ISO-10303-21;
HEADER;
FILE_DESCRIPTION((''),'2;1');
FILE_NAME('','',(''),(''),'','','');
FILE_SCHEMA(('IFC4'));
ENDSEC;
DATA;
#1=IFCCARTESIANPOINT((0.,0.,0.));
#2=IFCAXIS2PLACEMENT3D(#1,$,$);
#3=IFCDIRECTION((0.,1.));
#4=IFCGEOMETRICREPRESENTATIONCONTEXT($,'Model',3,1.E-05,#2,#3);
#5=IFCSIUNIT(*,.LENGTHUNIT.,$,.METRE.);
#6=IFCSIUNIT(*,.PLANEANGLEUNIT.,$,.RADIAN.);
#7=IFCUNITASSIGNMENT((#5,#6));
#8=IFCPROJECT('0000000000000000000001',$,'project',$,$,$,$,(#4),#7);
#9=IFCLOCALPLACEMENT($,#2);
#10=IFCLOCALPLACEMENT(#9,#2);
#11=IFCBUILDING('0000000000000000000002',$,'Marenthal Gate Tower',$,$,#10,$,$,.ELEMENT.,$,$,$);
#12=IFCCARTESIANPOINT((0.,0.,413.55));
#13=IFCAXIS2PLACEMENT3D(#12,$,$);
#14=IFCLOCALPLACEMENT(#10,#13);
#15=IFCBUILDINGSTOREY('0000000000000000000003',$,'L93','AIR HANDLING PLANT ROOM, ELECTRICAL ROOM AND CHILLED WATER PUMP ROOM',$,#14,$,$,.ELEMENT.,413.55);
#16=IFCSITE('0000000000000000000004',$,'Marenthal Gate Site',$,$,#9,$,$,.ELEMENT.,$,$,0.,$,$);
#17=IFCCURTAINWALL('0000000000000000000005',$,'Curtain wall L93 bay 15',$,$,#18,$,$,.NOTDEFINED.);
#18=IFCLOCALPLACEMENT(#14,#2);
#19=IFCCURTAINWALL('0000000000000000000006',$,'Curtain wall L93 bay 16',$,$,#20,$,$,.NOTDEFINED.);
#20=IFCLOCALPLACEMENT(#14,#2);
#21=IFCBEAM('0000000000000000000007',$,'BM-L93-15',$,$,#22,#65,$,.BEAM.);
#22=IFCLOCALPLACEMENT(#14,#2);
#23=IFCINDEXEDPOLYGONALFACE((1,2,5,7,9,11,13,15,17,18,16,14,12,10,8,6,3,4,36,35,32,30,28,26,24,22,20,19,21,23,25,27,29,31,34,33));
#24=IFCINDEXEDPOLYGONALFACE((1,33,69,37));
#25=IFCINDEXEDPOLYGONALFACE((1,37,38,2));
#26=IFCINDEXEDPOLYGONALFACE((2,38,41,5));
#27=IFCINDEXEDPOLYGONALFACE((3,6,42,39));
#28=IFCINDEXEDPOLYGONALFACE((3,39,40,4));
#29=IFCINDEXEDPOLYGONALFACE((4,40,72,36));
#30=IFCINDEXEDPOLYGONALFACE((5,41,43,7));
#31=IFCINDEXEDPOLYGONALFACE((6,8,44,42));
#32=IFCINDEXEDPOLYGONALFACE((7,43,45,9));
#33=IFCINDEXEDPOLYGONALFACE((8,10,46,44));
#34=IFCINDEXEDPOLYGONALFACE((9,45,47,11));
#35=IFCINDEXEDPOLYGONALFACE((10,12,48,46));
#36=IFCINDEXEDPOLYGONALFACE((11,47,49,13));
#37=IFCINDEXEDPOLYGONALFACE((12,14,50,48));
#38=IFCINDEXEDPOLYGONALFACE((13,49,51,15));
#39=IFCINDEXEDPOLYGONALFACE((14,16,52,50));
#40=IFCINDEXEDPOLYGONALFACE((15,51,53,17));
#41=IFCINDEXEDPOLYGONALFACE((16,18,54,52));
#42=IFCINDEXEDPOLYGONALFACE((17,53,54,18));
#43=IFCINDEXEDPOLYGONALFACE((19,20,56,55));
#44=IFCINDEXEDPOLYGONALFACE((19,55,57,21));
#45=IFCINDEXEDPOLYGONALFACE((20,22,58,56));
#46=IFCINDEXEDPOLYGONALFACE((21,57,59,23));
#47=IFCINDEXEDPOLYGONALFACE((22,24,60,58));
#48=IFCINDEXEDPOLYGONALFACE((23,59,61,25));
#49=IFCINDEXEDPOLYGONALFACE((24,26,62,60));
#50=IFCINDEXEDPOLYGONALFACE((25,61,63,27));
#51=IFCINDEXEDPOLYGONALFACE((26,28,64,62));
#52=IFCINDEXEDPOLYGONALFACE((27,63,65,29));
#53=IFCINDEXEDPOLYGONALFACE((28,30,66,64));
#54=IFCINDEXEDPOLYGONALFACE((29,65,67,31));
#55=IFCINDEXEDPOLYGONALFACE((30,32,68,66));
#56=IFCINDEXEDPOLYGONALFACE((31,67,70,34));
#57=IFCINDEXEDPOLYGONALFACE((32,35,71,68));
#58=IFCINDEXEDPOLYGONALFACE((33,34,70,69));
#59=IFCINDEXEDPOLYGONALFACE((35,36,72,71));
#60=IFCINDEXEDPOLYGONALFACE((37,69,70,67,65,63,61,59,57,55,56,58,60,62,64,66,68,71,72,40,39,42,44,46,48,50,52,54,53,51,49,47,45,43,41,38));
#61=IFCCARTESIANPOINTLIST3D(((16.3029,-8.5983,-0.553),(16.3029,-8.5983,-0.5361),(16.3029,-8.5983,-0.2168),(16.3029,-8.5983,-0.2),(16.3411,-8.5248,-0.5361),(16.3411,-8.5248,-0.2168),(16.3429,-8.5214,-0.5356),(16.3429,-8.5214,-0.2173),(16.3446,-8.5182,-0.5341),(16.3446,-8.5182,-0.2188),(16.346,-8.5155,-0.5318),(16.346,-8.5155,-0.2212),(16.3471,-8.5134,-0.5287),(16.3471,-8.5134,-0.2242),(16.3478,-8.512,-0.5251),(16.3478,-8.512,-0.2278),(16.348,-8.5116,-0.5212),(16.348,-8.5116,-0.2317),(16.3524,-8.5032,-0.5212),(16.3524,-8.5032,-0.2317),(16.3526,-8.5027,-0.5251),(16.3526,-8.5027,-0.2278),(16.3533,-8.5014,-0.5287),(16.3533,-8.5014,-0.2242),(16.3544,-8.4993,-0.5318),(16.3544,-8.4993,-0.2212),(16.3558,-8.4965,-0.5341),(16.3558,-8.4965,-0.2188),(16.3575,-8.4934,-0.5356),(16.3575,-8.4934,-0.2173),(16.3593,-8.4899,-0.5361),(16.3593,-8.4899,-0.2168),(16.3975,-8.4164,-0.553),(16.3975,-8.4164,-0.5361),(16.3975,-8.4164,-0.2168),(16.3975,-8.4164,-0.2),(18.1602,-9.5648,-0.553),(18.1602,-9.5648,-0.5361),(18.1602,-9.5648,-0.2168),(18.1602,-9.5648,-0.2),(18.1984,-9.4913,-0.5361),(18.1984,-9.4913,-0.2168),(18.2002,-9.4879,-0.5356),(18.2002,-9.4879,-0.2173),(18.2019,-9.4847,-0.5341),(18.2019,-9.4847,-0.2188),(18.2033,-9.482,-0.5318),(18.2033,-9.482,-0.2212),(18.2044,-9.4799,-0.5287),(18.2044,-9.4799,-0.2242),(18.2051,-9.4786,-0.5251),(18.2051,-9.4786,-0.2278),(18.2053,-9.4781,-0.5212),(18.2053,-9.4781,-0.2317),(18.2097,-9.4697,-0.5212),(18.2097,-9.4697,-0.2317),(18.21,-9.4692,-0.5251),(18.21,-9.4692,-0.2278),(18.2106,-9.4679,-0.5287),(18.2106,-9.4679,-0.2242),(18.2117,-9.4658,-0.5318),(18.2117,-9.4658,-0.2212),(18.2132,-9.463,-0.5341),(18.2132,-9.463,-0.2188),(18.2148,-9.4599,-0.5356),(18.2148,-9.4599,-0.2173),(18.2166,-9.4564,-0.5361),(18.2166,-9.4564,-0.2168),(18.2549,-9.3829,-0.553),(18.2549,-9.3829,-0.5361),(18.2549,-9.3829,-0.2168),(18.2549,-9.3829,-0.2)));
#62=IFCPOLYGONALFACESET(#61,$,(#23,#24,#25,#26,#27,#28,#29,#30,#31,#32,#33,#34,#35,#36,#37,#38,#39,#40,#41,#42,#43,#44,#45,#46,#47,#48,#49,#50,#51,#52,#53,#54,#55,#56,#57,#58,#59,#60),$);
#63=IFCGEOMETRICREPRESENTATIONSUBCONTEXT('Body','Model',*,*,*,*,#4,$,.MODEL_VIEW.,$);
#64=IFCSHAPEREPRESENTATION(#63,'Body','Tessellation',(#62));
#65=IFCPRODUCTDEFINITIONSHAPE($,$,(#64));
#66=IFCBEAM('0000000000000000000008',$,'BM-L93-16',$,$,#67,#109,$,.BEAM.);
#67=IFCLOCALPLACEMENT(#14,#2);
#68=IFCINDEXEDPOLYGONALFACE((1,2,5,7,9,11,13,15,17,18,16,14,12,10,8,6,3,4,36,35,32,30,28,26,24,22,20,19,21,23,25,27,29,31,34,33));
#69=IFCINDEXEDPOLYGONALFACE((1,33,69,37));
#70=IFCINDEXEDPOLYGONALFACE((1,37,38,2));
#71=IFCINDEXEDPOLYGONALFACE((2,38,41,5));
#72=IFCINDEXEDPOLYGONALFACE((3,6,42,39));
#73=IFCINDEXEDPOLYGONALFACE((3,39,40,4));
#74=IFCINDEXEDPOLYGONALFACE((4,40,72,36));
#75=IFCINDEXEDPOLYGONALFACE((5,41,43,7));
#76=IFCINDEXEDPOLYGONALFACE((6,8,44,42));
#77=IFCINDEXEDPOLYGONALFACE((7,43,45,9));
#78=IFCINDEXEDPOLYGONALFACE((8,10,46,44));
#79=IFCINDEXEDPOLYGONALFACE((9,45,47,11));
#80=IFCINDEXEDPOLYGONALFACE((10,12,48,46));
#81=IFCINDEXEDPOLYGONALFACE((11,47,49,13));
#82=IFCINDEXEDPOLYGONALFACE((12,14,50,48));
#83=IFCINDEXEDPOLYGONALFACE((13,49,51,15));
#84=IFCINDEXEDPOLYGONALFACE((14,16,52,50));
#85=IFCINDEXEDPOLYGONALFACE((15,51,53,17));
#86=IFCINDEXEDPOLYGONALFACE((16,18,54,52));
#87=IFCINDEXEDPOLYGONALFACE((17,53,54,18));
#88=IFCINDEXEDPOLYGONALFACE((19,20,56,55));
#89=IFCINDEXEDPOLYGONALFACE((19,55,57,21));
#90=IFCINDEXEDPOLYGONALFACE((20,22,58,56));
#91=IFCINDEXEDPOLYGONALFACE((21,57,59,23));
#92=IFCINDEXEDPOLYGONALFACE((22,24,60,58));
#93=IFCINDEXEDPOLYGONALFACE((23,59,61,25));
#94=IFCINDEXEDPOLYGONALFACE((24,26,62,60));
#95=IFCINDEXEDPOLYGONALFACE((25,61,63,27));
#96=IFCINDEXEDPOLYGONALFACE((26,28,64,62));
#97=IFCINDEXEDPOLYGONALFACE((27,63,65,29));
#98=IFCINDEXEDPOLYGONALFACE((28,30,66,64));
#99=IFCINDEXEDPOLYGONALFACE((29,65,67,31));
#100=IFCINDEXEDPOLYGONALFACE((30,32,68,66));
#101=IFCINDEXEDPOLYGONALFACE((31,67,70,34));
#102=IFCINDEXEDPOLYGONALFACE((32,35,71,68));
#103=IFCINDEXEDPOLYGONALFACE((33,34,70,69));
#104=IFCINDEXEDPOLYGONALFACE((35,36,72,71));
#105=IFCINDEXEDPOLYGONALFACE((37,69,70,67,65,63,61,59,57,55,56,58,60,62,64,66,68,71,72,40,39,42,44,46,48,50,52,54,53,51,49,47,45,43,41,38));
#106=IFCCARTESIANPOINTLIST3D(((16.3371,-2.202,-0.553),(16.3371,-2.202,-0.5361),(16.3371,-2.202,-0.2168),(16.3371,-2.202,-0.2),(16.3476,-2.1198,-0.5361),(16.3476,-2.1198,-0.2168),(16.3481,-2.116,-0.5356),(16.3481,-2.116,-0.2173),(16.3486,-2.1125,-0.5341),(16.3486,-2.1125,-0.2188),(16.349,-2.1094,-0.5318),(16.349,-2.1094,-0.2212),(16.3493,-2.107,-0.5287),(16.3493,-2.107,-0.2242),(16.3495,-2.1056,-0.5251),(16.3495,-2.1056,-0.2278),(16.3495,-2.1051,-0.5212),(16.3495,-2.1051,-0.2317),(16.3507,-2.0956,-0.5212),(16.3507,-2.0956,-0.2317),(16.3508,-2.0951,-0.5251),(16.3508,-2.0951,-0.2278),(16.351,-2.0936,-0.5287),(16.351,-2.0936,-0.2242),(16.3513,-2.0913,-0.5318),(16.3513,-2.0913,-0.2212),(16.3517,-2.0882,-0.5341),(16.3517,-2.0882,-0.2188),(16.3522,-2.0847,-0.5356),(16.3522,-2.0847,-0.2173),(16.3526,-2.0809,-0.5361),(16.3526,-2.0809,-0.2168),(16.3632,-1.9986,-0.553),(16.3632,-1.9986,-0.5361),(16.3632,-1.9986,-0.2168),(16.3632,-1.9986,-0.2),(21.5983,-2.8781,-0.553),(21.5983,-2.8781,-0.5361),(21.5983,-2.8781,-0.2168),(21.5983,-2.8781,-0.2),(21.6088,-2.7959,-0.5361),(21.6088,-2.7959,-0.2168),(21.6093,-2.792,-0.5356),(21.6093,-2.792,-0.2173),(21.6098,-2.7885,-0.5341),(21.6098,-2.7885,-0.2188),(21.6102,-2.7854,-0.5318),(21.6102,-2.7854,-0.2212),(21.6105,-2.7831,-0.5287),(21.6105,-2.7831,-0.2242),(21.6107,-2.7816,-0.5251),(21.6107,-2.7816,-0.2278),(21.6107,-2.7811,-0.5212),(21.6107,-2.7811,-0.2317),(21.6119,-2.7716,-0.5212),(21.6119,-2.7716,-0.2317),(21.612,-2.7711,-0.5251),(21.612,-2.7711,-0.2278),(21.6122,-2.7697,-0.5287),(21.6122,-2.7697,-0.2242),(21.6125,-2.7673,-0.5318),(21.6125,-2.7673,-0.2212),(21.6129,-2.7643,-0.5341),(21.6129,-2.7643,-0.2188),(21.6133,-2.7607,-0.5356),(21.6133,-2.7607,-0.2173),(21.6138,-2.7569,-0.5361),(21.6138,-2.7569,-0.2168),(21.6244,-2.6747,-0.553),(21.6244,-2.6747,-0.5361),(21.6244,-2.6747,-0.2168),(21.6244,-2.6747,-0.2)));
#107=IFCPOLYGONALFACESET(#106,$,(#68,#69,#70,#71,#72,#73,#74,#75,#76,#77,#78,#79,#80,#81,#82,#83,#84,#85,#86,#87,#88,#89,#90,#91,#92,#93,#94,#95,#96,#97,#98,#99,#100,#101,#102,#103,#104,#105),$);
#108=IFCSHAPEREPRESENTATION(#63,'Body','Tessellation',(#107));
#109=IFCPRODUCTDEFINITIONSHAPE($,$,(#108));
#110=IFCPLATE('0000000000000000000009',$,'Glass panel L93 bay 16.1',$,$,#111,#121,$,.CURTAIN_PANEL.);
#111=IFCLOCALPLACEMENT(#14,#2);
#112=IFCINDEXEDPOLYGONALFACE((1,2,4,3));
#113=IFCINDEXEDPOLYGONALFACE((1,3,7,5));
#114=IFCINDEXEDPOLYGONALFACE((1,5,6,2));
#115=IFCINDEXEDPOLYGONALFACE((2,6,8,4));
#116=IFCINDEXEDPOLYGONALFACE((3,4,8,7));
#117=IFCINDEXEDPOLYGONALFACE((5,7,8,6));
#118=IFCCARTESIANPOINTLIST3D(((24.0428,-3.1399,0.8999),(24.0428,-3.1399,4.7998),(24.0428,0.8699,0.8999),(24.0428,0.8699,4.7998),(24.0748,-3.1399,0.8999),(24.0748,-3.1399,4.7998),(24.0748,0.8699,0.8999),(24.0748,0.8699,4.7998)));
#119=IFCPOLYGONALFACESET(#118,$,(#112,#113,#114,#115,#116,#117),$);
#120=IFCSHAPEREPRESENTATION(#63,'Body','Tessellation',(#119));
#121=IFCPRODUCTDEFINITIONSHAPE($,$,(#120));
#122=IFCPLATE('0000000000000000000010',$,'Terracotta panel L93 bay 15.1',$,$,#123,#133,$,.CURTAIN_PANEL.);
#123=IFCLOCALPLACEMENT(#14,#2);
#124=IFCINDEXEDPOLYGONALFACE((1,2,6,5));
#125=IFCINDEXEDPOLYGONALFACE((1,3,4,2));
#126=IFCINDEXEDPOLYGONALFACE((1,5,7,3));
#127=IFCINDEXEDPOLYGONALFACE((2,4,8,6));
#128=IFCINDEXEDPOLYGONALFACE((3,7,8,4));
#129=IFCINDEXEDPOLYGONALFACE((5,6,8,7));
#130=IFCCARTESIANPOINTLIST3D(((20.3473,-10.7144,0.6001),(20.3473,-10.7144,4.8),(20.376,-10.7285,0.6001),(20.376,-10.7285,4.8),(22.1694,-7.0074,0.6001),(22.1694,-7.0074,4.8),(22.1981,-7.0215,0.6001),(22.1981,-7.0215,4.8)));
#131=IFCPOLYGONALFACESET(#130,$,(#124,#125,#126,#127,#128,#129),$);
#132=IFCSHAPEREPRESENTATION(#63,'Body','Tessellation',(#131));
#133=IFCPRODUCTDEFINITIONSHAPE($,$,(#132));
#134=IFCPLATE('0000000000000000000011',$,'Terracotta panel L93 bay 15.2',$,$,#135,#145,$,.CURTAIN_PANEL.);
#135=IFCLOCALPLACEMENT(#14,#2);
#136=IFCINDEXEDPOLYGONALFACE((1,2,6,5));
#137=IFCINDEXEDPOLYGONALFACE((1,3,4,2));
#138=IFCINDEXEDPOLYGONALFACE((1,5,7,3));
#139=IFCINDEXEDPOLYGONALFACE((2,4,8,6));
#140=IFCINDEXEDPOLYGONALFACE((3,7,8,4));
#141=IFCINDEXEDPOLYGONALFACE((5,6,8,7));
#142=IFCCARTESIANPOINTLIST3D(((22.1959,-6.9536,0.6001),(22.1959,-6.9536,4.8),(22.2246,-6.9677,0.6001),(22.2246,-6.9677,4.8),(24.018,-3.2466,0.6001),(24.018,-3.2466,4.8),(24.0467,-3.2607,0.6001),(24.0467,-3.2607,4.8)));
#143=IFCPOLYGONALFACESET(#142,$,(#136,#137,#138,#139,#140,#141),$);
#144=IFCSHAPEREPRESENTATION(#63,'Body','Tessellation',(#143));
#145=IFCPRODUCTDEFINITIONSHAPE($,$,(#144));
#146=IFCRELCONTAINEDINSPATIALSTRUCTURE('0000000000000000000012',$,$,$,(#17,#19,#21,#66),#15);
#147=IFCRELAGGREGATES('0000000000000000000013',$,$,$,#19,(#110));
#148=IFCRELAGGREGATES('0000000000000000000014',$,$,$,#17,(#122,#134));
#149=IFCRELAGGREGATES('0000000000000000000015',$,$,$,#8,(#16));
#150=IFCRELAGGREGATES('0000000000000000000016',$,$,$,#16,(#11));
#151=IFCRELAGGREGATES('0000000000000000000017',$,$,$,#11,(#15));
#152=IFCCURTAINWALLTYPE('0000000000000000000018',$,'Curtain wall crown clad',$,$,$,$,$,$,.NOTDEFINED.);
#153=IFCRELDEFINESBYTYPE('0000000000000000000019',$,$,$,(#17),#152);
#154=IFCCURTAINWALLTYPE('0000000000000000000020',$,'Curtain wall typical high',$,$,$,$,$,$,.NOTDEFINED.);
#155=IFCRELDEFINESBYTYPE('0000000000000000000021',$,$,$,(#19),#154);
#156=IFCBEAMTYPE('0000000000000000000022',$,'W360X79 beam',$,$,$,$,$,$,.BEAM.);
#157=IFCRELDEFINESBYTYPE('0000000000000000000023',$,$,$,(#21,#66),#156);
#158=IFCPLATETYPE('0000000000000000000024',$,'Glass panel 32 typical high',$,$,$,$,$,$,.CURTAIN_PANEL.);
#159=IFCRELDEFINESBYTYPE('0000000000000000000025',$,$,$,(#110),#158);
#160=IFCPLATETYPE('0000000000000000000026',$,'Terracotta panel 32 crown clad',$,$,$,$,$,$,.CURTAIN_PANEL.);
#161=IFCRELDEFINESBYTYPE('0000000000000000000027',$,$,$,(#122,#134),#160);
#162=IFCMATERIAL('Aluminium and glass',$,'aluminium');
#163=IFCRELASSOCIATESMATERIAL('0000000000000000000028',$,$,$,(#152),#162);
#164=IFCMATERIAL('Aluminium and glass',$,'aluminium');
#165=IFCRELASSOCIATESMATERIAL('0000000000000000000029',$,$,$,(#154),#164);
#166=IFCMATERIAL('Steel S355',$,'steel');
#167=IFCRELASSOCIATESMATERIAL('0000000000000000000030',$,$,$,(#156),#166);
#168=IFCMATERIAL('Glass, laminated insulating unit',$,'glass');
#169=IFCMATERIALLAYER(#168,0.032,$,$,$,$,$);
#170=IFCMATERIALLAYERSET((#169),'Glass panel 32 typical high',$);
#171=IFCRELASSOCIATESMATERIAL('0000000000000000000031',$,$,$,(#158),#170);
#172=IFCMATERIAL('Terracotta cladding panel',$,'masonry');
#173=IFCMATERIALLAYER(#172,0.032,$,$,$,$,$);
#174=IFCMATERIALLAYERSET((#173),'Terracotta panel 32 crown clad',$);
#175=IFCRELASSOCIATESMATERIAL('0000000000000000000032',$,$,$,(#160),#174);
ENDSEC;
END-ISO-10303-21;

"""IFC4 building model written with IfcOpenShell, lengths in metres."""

from ifc_helpers import new_model, si_unit, direction, frame, origin, origin_2d, place, context, subcontext, project, spatial, rectangle, i_section, extrude, material, layer, layer_set, material_profile, profile_set, type_object, element, aggregate, save


model = new_model("IFC4")

# Units and contexts
model_context = context("Model", 3, precision=1e-05, world=origin(), true_north=direction((0.0, 1.0)))
body_context = subcontext(model_context, "Body", "Model", "MODEL_VIEW")
ifc_project = project(units=[si_unit("LENGTHUNIT", "METRE"), si_unit("PLANEANGLEUNIT", "RADIAN")], contexts=[model_context])

# Site, building, storey
site_placement = place(None, origin())
site = spatial("IfcSite", under=ifc_project, at=site_placement, Name="Marenthal Gate Site", CompositionType="ELEMENT", RefElevation=0.0)
building_placement = place(site_placement, origin())
building = spatial("IfcBuilding", under=site, at=building_placement, Name="Marenthal Gate Tower", CompositionType="ELEMENT")
storey_placement = place(building_placement, frame((0.0, 0.0, 413.55)))
storey = spatial("IfcBuildingStorey", under=building, at=storey_placement, Name="L93", Description="AIR HANDLING PLANT ROOM, ELECTRICAL ROOM AND CHILLED WATER PUMP ROOM", CompositionType="ELEMENT", Elevation=413.55)

# Curtain walls
ifc_material_1 = material(Name="Aluminium and glass", Category="aluminium")
curtain_wall_type_1 = type_object("IfcCurtainWallType", Name="Curtain wall crown clad", PredefinedType="NOTDEFINED", material=ifc_material_1)
curtain_wall_1_placement = place(storey_placement, origin())
curtain_wall_1 = element("IfcCurtainWall", 1, at=curtain_wall_1_placement, inside=storey, type_object=curtain_wall_type_1, Name="Curtain wall L93 bay 15", PredefinedType="NOTDEFINED")
ifc_material_2 = material(Name="Aluminium and glass", Category="aluminium")
curtain_wall_type_2 = type_object("IfcCurtainWallType", Name="Curtain wall typical high", PredefinedType="NOTDEFINED", material=ifc_material_2)
curtain_wall_2_placement = place(storey_placement, origin())
curtain_wall_2 = element("IfcCurtainWall", 2, at=curtain_wall_2_placement, inside=storey, type_object=curtain_wall_type_2, Name="Curtain wall L93 bay 16", PredefinedType="NOTDEFINED")

# Beams
ifc_material_3 = material(Name="Steel S355", Category="steel")
ifc_material_profile_1 = material_profile(ifc_material_3, i_section(OverallWidth=0.2051, OverallDepth=0.353, WebThickness=0.0095, FlangeThickness=0.0168, FilletRadius=0.0149, at=origin_2d()), Name="W360X79")
ifc_profile_set_1 = profile_set([ifc_material_profile_1], Name="Steel S355")
beam_type_1 = type_object("IfcBeamType", Name="W360X79 beam", PredefinedType="BEAM", material=ifc_profile_set_1)
beam_1_placement = place(storey_placement, frame((18.2075, -9.4739, -0.3765), z_axis=(-0.887081, 0.461613, 0.0), x_axis=(-0.461613, -0.887081, 0.0)))
element("IfcBeam", 3, at=beam_1_placement, inside=storey, type_object=beam_type_1, Name="BM-L93-15", PredefinedType="BEAM", context=body_context, shape_type="SweptSolid", body=[
    extrude(i_section(OverallWidth=0.2051, OverallDepth=0.353, WebThickness=0.0095, FlangeThickness=0.0168, FilletRadius=0.0149, at=origin_2d()), origin(), (0.0, 0.0, 1.0), 2.0938),
])
beam_2_placement = place(storey_placement, frame((21.6113, -2.7764, -0.3765), z_axis=(-0.991846, 0.127444, 0.0), x_axis=(-0.127444, -0.991846, 0.0)))
element("IfcBeam", 4, at=beam_2_placement, inside=storey, type_object=beam_type_1, Name="BM-L93-16", PredefinedType="BEAM", context=body_context, shape_type="SweptSolid", body=[
    extrude(i_section(OverallWidth=0.2051, OverallDepth=0.353, WebThickness=0.0095, FlangeThickness=0.0168, FilletRadius=0.0149, at=origin_2d()), origin(), (0.0, 0.0, 1.0), 5.3044),
])

# Plates
ifc_material_4 = material(Name="Glass, laminated insulating unit", Category="glass")
ifc_layer_1 = layer(ifc_material_4, 0.032)
ifc_layer_set_1 = layer_set([ifc_layer_1], Name="Glass panel 32 typical high")
plate_type_1 = type_object("IfcPlateType", Name="Glass panel 32 typical high", PredefinedType="CURTAIN_PANEL", material=ifc_layer_set_1)
plate_1_placement = place(storey_placement, frame((24.0588, -1.135, 0.8999), z_axis=(0.0, 0.0, 1.0), x_axis=(0.0, 1.0, 0.0)))
plate_1 = element("IfcPlate", 5, at=plate_1_placement, type_object=plate_type_1, Name="Glass panel L93 bay 16.1", PredefinedType="CURTAIN_PANEL", context=body_context, shape_type="SweptSolid", body=[
    extrude(rectangle(XDim=4.0098, YDim=0.032, at=origin_2d()), origin(), (0.0, 0.0, 1.0), 3.8999),
])
aggregate(curtain_wall_2, [plate_1])
ifc_material_5 = material(Name="Terracotta cladding panel", Category="masonry")
ifc_layer_2 = layer(ifc_material_5, 0.032)
ifc_layer_set_2 = layer_set([ifc_layer_2], Name="Terracotta panel 32 crown clad")
plate_type_2 = type_object("IfcPlateType", Name="Terracotta panel 32 crown clad", PredefinedType="CURTAIN_PANEL", material=ifc_layer_set_2)
plate_2_placement = place(storey_placement, frame((21.2727, -8.8679, 0.6001), z_axis=(0.0, 0.0, 1.0), x_axis=(0.441124, 0.897446, 0.0)))
plate_2 = element("IfcPlate", 6, at=plate_2_placement, type_object=plate_type_2, Name="Terracotta panel L93 bay 15.1", PredefinedType="CURTAIN_PANEL", context=body_context, shape_type="SweptSolid", body=[
    extrude(rectangle(XDim=4.1306, YDim=0.032, at=origin_2d()), origin(), (0.0, 0.0, 1.0), 4.2),
])
plate_3_placement = place(storey_placement, frame((23.1213, -5.1072, 0.6001), z_axis=(0.0, 0.0, 1.0), x_axis=(0.441124, 0.897446, 0.0)))
plate_3 = element("IfcPlate", 7, at=plate_3_placement, type_object=plate_type_2, Name="Terracotta panel L93 bay 15.2", PredefinedType="CURTAIN_PANEL", context=body_context, shape_type="SweptSolid", body=[
    extrude(rectangle(XDim=4.1306, YDim=0.032, at=origin_2d()), origin(), (0.0, 0.0, 1.0), 4.2),
])
aggregate(curtain_wall_1, [plate_2, plate_3])

save(model, "model.ifc")
